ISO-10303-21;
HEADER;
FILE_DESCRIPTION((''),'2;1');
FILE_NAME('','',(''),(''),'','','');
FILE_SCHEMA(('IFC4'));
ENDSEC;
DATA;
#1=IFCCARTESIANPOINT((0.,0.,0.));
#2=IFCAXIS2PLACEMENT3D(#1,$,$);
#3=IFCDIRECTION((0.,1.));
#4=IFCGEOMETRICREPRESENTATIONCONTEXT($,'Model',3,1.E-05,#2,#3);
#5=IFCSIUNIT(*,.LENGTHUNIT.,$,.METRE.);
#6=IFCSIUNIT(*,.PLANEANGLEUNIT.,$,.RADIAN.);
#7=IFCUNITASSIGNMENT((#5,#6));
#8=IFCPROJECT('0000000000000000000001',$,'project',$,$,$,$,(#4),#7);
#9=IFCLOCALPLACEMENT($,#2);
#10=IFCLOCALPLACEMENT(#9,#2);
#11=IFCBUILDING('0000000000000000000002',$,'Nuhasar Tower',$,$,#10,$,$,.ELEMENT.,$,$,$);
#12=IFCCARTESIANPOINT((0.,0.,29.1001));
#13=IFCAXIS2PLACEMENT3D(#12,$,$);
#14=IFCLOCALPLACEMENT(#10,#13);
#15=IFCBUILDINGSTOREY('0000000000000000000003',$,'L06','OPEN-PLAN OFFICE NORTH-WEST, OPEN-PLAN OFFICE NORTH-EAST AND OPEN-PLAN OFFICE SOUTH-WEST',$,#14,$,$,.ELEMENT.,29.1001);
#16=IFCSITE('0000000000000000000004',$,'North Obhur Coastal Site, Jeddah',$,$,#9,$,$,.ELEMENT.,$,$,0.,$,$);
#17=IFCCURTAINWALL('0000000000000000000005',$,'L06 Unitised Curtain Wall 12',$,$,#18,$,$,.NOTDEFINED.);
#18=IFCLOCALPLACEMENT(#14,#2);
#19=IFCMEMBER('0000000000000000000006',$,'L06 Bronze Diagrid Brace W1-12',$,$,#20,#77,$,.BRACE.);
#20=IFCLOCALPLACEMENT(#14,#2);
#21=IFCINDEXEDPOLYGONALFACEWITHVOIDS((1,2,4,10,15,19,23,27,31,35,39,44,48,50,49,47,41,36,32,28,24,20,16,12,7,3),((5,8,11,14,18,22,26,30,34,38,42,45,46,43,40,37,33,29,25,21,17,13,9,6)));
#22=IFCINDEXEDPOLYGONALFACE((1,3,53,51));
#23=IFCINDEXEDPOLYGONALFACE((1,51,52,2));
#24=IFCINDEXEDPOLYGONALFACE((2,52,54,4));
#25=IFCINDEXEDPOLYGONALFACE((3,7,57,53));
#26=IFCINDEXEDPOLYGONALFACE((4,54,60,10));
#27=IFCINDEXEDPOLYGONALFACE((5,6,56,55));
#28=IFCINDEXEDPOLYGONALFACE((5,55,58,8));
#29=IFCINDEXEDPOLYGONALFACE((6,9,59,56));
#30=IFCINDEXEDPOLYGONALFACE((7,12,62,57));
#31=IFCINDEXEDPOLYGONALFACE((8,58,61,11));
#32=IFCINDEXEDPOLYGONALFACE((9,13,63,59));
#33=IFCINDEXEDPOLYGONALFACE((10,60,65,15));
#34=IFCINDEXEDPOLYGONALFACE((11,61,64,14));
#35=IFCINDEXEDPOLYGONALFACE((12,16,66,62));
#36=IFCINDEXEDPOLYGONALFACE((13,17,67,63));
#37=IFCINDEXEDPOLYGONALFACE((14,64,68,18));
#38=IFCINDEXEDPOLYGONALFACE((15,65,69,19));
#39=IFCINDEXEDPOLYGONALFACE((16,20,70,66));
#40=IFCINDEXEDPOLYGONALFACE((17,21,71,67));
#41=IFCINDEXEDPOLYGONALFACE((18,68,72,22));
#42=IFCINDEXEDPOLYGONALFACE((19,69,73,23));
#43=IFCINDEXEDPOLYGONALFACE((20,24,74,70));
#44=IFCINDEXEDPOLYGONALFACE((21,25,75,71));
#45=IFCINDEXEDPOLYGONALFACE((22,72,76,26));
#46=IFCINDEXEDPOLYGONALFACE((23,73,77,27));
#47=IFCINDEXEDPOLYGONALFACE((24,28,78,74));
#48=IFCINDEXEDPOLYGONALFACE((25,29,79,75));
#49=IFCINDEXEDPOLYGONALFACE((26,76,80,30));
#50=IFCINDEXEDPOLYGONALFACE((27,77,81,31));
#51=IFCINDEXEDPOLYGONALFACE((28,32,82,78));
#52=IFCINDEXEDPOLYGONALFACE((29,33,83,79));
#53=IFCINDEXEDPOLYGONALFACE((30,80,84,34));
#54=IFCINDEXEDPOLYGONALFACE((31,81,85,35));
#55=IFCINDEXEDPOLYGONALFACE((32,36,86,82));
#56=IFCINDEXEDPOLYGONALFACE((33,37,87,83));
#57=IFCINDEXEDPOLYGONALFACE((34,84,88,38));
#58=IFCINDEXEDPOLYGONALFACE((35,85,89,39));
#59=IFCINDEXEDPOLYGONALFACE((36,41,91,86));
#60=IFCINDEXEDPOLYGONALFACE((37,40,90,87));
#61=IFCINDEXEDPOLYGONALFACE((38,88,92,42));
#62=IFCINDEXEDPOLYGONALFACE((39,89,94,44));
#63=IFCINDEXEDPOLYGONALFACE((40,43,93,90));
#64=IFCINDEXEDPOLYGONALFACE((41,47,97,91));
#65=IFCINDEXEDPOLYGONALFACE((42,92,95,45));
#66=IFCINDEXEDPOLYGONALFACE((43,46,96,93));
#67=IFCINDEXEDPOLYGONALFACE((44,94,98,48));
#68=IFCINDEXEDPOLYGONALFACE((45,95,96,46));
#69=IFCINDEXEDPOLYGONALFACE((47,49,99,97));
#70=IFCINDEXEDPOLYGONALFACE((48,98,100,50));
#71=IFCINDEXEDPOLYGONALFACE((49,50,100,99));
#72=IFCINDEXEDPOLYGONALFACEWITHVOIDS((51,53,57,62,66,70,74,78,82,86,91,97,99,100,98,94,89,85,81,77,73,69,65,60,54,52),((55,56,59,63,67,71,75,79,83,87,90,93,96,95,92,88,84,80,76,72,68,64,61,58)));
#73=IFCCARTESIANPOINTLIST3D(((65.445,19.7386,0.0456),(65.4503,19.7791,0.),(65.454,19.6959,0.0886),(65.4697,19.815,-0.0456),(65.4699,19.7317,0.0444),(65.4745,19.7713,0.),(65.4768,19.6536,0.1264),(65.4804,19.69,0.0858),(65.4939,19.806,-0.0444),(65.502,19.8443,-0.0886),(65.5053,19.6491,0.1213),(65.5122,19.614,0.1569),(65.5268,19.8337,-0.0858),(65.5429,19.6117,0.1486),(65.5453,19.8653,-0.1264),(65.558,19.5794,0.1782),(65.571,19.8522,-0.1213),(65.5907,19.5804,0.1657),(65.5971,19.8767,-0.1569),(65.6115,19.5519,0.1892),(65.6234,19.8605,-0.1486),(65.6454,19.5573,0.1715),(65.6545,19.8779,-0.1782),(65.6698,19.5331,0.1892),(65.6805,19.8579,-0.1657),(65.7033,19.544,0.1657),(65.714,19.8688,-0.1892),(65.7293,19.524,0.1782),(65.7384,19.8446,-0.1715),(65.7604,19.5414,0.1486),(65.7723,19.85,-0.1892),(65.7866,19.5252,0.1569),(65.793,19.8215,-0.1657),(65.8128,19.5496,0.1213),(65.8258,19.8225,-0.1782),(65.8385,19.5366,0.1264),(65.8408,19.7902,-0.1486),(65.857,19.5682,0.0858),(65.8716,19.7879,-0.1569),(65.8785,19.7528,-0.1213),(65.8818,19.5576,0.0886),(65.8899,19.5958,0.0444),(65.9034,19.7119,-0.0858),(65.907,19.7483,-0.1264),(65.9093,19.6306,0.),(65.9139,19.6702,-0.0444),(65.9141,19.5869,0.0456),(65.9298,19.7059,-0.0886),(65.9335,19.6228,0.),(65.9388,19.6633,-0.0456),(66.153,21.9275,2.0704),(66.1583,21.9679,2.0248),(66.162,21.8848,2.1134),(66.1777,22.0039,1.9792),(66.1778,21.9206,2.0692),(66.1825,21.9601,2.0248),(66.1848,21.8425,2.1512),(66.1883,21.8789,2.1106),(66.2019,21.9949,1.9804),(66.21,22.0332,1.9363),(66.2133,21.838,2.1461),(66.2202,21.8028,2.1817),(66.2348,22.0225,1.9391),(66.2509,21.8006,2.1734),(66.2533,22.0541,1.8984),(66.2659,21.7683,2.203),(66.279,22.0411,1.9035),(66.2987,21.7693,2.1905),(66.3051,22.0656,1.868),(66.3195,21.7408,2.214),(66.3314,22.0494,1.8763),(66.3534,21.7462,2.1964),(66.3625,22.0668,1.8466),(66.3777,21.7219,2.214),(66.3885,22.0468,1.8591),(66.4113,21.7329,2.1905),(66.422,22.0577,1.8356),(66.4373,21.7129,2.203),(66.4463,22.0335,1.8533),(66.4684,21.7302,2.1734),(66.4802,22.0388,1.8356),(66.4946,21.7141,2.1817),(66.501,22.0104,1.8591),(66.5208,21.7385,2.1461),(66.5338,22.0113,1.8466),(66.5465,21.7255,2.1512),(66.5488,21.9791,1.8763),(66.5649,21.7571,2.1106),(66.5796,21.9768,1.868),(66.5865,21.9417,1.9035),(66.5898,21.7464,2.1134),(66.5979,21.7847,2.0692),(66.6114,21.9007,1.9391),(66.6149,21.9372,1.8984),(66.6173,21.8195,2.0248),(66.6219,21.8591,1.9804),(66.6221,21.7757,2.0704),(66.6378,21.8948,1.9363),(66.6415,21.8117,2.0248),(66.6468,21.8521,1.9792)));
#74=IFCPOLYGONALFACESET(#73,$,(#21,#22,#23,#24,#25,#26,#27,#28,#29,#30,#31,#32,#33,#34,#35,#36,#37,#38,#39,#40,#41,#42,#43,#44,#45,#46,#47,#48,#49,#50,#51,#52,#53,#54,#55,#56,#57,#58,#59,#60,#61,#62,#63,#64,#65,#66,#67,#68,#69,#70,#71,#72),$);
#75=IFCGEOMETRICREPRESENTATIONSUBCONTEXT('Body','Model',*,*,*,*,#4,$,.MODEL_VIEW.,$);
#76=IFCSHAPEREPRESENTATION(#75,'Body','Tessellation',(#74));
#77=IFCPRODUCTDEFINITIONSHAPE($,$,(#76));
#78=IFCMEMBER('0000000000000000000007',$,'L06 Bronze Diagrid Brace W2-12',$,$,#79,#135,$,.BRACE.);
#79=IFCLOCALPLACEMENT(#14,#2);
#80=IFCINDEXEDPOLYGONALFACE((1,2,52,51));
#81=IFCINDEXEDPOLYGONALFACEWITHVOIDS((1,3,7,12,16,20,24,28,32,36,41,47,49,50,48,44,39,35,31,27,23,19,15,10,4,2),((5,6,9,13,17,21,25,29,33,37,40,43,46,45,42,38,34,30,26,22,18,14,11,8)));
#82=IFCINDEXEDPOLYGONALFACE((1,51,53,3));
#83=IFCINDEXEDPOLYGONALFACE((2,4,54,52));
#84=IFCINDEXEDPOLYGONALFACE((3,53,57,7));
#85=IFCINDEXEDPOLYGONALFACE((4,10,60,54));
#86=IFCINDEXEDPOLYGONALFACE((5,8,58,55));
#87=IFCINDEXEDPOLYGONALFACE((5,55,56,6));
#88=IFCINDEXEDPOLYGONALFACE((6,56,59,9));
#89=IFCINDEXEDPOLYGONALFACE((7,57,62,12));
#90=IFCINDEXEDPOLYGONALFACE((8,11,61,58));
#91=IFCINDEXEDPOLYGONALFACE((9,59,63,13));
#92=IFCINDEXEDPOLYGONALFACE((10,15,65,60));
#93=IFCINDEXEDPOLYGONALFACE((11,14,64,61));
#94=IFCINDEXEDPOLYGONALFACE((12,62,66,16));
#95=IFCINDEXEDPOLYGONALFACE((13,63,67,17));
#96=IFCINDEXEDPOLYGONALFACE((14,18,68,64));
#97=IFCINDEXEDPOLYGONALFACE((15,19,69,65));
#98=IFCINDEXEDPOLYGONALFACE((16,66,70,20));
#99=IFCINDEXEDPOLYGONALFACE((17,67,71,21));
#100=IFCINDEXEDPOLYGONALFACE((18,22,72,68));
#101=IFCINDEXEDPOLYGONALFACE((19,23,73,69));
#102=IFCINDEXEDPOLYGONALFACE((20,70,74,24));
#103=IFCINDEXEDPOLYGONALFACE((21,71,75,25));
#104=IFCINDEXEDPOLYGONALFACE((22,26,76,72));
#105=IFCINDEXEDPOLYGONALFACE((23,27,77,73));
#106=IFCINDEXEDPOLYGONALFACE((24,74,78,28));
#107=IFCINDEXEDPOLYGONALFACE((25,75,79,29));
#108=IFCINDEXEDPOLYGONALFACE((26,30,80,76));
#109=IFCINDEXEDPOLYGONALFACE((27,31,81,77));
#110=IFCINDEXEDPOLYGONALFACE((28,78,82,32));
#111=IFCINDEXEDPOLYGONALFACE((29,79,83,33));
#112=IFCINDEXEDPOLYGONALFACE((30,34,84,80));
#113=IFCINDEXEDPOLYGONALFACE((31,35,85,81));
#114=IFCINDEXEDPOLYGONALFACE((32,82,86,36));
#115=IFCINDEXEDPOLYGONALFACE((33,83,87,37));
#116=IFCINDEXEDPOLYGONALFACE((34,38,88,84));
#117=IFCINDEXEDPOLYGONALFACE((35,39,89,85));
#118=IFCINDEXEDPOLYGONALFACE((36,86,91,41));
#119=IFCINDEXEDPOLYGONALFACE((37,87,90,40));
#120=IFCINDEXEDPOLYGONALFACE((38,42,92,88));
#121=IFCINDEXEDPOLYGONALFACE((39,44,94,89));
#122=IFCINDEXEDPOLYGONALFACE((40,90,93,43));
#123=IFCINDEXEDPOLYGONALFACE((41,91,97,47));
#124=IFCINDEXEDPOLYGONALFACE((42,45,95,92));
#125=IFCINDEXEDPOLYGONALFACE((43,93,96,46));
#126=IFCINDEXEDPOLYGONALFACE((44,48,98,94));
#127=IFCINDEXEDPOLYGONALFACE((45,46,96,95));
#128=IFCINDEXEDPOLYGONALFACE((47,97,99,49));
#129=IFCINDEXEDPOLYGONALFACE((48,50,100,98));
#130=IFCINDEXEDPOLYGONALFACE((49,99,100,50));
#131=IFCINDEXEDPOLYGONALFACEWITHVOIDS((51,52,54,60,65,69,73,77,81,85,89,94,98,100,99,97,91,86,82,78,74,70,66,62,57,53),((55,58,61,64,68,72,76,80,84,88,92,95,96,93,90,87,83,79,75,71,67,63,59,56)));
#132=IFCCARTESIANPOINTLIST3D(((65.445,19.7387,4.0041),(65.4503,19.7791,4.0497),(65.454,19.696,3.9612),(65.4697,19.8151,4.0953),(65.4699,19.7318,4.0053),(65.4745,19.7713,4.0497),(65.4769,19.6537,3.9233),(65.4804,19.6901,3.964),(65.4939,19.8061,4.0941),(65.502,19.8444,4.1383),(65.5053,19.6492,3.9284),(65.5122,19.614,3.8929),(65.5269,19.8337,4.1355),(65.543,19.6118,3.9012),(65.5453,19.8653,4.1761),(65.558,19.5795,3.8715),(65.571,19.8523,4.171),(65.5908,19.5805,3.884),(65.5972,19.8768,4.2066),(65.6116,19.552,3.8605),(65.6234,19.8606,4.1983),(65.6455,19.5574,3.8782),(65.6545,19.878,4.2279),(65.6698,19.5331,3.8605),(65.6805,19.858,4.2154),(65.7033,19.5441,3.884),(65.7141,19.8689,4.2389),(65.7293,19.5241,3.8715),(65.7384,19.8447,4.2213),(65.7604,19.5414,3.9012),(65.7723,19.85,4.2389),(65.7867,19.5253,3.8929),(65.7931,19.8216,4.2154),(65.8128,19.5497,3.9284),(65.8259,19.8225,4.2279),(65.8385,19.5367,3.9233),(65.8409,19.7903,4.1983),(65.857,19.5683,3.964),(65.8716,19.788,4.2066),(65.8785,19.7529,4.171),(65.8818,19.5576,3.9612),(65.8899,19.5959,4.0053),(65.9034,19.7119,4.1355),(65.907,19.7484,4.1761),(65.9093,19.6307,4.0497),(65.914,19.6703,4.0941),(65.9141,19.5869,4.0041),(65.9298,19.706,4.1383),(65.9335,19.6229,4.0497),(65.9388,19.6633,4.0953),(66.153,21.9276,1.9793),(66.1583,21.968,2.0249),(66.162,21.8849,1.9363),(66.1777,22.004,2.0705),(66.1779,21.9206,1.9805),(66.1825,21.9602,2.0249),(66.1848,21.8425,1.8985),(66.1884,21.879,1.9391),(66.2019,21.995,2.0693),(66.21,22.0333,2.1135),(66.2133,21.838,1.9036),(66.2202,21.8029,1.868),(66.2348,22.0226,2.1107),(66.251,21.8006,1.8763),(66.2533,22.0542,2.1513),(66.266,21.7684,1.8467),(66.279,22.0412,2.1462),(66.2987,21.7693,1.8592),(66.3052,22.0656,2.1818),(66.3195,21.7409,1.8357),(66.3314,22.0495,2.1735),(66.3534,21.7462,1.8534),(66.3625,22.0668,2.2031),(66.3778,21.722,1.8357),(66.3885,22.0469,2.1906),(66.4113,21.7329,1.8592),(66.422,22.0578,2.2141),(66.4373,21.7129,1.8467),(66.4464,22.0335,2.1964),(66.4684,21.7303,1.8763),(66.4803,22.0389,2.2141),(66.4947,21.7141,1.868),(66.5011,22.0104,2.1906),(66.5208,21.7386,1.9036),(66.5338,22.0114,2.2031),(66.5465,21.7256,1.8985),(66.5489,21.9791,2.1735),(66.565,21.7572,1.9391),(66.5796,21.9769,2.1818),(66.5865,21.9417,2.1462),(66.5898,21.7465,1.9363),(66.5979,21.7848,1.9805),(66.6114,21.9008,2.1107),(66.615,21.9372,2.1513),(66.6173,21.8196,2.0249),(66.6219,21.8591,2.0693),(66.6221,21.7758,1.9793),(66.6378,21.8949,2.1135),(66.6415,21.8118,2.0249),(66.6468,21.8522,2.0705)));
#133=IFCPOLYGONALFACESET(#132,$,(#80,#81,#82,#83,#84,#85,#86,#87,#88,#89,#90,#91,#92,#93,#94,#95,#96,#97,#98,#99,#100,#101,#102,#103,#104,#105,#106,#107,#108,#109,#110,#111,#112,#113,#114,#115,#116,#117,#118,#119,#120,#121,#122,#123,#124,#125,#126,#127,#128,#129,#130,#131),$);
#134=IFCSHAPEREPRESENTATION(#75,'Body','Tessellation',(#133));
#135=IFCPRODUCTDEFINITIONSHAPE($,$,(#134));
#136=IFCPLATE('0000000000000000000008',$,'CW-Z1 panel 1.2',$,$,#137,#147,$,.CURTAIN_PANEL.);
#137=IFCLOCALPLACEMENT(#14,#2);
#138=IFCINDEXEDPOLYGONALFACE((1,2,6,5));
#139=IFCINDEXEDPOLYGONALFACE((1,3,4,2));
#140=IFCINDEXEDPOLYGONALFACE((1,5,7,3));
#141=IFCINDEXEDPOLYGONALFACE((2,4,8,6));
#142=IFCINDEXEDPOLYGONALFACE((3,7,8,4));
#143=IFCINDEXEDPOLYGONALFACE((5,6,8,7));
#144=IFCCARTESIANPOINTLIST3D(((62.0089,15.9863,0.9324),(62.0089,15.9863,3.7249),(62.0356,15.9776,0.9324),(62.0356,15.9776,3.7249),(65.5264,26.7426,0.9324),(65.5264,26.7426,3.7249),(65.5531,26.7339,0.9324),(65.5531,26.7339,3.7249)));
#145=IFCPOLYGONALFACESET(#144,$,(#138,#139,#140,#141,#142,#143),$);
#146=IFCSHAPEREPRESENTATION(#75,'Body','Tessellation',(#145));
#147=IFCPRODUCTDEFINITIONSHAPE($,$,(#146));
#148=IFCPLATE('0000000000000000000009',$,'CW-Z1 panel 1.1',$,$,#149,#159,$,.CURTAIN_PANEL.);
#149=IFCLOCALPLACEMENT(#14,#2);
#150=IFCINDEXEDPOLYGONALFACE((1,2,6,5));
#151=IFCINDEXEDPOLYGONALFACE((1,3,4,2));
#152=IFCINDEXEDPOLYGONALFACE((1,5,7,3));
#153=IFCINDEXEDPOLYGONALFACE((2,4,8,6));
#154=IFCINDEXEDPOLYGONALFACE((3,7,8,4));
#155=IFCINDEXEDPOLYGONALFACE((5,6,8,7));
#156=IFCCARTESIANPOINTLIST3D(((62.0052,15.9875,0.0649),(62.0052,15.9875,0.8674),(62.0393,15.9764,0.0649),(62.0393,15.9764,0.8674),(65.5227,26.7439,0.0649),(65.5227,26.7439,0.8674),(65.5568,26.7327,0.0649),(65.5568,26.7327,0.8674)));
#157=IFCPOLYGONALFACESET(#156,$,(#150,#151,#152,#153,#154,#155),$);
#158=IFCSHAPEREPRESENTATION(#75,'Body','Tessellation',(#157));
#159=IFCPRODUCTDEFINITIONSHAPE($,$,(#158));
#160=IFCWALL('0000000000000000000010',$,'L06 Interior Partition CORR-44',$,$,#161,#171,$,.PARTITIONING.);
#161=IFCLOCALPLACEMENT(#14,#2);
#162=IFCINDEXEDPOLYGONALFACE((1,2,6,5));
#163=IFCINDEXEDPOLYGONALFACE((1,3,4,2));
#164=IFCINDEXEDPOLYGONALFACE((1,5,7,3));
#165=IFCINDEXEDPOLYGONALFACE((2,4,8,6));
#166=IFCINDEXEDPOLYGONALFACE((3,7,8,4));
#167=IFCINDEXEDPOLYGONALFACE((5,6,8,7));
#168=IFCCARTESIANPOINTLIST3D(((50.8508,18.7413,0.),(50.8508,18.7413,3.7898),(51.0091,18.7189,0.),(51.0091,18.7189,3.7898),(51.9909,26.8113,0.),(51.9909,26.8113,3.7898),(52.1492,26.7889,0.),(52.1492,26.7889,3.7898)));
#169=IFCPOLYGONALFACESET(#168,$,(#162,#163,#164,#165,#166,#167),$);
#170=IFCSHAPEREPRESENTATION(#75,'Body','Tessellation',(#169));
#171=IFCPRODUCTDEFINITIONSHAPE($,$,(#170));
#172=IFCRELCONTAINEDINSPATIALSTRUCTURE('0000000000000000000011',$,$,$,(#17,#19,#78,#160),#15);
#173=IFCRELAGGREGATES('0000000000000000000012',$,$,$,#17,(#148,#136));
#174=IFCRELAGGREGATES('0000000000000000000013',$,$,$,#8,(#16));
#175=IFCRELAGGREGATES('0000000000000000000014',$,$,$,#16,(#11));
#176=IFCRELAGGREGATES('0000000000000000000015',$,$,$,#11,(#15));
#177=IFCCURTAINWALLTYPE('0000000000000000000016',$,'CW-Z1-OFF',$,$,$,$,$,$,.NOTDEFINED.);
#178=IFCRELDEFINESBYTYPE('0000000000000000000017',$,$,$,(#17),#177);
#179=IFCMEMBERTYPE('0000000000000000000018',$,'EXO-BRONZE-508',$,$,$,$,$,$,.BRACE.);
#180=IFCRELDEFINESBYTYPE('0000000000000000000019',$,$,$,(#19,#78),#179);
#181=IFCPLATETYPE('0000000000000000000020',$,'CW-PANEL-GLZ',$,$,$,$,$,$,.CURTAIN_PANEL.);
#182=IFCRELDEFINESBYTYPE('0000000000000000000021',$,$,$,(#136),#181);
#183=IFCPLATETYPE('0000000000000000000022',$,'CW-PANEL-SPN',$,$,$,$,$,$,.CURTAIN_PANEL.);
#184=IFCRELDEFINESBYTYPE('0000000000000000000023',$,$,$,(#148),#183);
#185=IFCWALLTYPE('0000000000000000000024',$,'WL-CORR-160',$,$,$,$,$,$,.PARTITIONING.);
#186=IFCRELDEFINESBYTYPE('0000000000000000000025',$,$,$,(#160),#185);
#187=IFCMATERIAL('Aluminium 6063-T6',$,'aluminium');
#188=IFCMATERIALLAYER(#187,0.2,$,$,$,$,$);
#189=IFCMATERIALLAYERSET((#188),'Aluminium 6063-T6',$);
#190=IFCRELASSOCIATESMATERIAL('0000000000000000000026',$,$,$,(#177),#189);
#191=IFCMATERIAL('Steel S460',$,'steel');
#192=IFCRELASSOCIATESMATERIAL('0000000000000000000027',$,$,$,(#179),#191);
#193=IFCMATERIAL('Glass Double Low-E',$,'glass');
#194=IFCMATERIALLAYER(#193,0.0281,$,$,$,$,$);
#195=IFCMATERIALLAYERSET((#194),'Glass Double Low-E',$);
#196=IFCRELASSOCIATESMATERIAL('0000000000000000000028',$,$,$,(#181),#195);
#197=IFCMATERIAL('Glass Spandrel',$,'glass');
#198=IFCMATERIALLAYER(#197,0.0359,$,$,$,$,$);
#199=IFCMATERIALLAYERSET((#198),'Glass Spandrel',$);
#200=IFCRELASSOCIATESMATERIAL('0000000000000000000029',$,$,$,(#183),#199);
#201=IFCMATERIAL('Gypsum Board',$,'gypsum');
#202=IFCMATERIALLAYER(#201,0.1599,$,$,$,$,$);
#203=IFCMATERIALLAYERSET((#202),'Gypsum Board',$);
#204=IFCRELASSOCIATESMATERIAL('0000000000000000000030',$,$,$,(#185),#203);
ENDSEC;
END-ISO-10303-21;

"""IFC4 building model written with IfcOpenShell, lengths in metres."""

from ifc_helpers import new_model, si_unit, direction, frame, frame_2d, origin, origin_2d, place, context, subcontext, project, spatial, rectangle, hollow_circle, extrude, material, layer, layer_set, material_profile, profile_set, type_object, element, aggregate, save


model = new_model("IFC4")

# Units and contexts
model_context = context("Model", 3, precision=1e-05, world=origin(), true_north=direction((0.0, 1.0)))
body_context = subcontext(model_context, "Body", "Model", "MODEL_VIEW")
ifc_project = project(units=[si_unit("LENGTHUNIT", "METRE"), si_unit("PLANEANGLEUNIT", "RADIAN")], contexts=[model_context])

# Site, building, storey
site_placement = place(None, origin())
site = spatial("IfcSite", under=ifc_project, at=site_placement, Name="North Obhur Coastal Site, Jeddah", CompositionType="ELEMENT", RefElevation=0.0)
building_placement = place(site_placement, origin())
building = spatial("IfcBuilding", under=site, at=building_placement, Name="Nuhasar Tower", CompositionType="ELEMENT")
storey_placement = place(building_placement, frame((0.0, 0.0, 29.1001)))
storey = spatial("IfcBuildingStorey", under=building, at=storey_placement, Name="L06", Description="OPEN-PLAN OFFICE NORTH-WEST, OPEN-PLAN OFFICE NORTH-EAST AND OPEN-PLAN OFFICE SOUTH-WEST", CompositionType="ELEMENT", Elevation=29.1001)

# Curtain wall
ifc_material_1 = material(Name="Aluminium 6063-T6", Category="aluminium")
ifc_layer_1 = layer(ifc_material_1, 0.2)
ifc_layer_set_1 = layer_set([ifc_layer_1], Name="Aluminium 6063-T6")
curtain_wall_type = type_object("IfcCurtainWallType", Name="CW-Z1-OFF", PredefinedType="NOTDEFINED", material=ifc_layer_set_1)
curtain_wall_placement = place(storey_placement, origin())
curtain_wall = element("IfcCurtainWall", 1, at=curtain_wall_placement, inside=storey, type_object=curtain_wall_type, Name="L06 Unitised Curtain Wall 12", PredefinedType="NOTDEFINED")

# Members
ifc_material_2 = material(Name="Steel S460", Category="steel")
ifc_material_profile_1 = material_profile(ifc_material_2, hollow_circle(Radius=0.2539, WallThickness=0.0254, at=origin_2d()), Name="HSS508X25.4")
ifc_profile_set_1 = profile_set([ifc_material_profile_1], Name="Steel S460")
member_type_1 = type_object("IfcMemberType", Name="EXO-BRONZE-508", PredefinedType="BRACE", material=ifc_profile_set_1)
for number, where, z_axis, x_axis, name in (
    (2, (65.6919, 19.7009, 0.0), (0.231012, 0.714225, 0.660694), (-0.951468, 0.307747, 0.0), "L06 Bronze Diagrid Brace W1-12"),
    (3, (66.3999, 21.8899, 2.0249), (-0.231012, -0.714225, 0.660694), (0.951468, -0.307747, 0.0), "L06 Bronze Diagrid Brace W2-12"),
):
    element("IfcMember", number, at=place(storey_placement, frame(where, z_axis=z_axis, x_axis=x_axis)), inside=storey, type_object=member_type_1, Name=name, PredefinedType="BRACE", context=body_context, shape_type="SweptSolid", body=[
        extrude(hollow_circle(Radius=0.2539, WallThickness=0.0254, at=origin_2d()), origin(), (0.0, 0.0, 1.0), 3.0647),
    ])

# Plates
ifc_material_3 = material(Name="Glass Double Low-E", Category="glass")
ifc_layer_2 = layer(ifc_material_3, 0.0281)
ifc_layer_set_2 = layer_set([ifc_layer_2], Name="Glass Double Low-E")
plate_type_1 = type_object("IfcPlateType", Name="CW-PANEL-GLZ", PredefinedType="CURTAIN_PANEL", material=ifc_layer_set_2)
plate_1_placement = place(storey_placement, frame((63.781, 21.3601, 0.9324), z_axis=(0.0, 0.0, 1.0), x_axis=(0.310824, 0.950468, 0.0)))
plate_1 = element("IfcPlate", 4, at=plate_1_placement, type_object=plate_type_1, Name="CW-Z1 panel 1.2", PredefinedType="CURTAIN_PANEL", context=body_context, shape_type="SweptSolid", body=[
    extrude(rectangle(XDim=11.3169, YDim=0.0281, at=origin_2d()), origin(), (0.0, 0.0, 1.0), 2.7925),
])
ifc_material_4 = material(Name="Glass Spandrel", Category="glass")
ifc_layer_3 = layer(ifc_material_4, 0.0359)
ifc_layer_set_3 = layer_set([ifc_layer_3], Name="Glass Spandrel")
plate_type_2 = type_object("IfcPlateType", Name="CW-PANEL-SPN", PredefinedType="CURTAIN_PANEL", material=ifc_layer_set_3)
plate_2_placement = place(storey_placement, frame((63.781, 21.3601, 0.0649), z_axis=(0.0, 0.0, 1.0), x_axis=(0.310824, 0.950468, 0.0)))
plate_2 = element("IfcPlate", 5, at=plate_2_placement, type_object=plate_type_2, Name="CW-Z1 panel 1.1", PredefinedType="CURTAIN_PANEL", context=body_context, shape_type="SweptSolid", body=[
    extrude(rectangle(XDim=11.3169, YDim=0.0359, at=origin_2d()), origin(), (0.0, 0.0, 1.0), 0.8025),
])
aggregate(curtain_wall, [plate_2, plate_1])

# Shared definitions
ifc_material_5 = material(Name="Gypsum Board", Category="gypsum")
ifc_layer_4 = layer(ifc_material_5, 0.1599)
ifc_layer_set_4 = layer_set([ifc_layer_4], Name="Gypsum Board")
wall_type_1 = type_object("IfcWallType", Name="WL-CORR-160", PredefinedType="PARTITIONING", material=ifc_layer_set_4)

# Wall
wall_1_placement = place(storey_placement, frame((50.9299, 18.73, 0.0), z_axis=(0.0, 0.0, 1.0), x_axis=(0.13989, 0.990167, 0.0)))
element("IfcWall", 6, at=wall_1_placement, inside=storey, type_object=wall_type_1, Name="L06 Interior Partition CORR-44", PredefinedType="PARTITIONING", context=body_context, shape_type="SweptSolid", body=[
    extrude(rectangle(XDim=8.1501, YDim=0.1599, at=frame_2d((4.0752, 0.0))), origin(), (0.0, 0.0, 1.0), 3.7898),
])

save(model, "model.ifc")
